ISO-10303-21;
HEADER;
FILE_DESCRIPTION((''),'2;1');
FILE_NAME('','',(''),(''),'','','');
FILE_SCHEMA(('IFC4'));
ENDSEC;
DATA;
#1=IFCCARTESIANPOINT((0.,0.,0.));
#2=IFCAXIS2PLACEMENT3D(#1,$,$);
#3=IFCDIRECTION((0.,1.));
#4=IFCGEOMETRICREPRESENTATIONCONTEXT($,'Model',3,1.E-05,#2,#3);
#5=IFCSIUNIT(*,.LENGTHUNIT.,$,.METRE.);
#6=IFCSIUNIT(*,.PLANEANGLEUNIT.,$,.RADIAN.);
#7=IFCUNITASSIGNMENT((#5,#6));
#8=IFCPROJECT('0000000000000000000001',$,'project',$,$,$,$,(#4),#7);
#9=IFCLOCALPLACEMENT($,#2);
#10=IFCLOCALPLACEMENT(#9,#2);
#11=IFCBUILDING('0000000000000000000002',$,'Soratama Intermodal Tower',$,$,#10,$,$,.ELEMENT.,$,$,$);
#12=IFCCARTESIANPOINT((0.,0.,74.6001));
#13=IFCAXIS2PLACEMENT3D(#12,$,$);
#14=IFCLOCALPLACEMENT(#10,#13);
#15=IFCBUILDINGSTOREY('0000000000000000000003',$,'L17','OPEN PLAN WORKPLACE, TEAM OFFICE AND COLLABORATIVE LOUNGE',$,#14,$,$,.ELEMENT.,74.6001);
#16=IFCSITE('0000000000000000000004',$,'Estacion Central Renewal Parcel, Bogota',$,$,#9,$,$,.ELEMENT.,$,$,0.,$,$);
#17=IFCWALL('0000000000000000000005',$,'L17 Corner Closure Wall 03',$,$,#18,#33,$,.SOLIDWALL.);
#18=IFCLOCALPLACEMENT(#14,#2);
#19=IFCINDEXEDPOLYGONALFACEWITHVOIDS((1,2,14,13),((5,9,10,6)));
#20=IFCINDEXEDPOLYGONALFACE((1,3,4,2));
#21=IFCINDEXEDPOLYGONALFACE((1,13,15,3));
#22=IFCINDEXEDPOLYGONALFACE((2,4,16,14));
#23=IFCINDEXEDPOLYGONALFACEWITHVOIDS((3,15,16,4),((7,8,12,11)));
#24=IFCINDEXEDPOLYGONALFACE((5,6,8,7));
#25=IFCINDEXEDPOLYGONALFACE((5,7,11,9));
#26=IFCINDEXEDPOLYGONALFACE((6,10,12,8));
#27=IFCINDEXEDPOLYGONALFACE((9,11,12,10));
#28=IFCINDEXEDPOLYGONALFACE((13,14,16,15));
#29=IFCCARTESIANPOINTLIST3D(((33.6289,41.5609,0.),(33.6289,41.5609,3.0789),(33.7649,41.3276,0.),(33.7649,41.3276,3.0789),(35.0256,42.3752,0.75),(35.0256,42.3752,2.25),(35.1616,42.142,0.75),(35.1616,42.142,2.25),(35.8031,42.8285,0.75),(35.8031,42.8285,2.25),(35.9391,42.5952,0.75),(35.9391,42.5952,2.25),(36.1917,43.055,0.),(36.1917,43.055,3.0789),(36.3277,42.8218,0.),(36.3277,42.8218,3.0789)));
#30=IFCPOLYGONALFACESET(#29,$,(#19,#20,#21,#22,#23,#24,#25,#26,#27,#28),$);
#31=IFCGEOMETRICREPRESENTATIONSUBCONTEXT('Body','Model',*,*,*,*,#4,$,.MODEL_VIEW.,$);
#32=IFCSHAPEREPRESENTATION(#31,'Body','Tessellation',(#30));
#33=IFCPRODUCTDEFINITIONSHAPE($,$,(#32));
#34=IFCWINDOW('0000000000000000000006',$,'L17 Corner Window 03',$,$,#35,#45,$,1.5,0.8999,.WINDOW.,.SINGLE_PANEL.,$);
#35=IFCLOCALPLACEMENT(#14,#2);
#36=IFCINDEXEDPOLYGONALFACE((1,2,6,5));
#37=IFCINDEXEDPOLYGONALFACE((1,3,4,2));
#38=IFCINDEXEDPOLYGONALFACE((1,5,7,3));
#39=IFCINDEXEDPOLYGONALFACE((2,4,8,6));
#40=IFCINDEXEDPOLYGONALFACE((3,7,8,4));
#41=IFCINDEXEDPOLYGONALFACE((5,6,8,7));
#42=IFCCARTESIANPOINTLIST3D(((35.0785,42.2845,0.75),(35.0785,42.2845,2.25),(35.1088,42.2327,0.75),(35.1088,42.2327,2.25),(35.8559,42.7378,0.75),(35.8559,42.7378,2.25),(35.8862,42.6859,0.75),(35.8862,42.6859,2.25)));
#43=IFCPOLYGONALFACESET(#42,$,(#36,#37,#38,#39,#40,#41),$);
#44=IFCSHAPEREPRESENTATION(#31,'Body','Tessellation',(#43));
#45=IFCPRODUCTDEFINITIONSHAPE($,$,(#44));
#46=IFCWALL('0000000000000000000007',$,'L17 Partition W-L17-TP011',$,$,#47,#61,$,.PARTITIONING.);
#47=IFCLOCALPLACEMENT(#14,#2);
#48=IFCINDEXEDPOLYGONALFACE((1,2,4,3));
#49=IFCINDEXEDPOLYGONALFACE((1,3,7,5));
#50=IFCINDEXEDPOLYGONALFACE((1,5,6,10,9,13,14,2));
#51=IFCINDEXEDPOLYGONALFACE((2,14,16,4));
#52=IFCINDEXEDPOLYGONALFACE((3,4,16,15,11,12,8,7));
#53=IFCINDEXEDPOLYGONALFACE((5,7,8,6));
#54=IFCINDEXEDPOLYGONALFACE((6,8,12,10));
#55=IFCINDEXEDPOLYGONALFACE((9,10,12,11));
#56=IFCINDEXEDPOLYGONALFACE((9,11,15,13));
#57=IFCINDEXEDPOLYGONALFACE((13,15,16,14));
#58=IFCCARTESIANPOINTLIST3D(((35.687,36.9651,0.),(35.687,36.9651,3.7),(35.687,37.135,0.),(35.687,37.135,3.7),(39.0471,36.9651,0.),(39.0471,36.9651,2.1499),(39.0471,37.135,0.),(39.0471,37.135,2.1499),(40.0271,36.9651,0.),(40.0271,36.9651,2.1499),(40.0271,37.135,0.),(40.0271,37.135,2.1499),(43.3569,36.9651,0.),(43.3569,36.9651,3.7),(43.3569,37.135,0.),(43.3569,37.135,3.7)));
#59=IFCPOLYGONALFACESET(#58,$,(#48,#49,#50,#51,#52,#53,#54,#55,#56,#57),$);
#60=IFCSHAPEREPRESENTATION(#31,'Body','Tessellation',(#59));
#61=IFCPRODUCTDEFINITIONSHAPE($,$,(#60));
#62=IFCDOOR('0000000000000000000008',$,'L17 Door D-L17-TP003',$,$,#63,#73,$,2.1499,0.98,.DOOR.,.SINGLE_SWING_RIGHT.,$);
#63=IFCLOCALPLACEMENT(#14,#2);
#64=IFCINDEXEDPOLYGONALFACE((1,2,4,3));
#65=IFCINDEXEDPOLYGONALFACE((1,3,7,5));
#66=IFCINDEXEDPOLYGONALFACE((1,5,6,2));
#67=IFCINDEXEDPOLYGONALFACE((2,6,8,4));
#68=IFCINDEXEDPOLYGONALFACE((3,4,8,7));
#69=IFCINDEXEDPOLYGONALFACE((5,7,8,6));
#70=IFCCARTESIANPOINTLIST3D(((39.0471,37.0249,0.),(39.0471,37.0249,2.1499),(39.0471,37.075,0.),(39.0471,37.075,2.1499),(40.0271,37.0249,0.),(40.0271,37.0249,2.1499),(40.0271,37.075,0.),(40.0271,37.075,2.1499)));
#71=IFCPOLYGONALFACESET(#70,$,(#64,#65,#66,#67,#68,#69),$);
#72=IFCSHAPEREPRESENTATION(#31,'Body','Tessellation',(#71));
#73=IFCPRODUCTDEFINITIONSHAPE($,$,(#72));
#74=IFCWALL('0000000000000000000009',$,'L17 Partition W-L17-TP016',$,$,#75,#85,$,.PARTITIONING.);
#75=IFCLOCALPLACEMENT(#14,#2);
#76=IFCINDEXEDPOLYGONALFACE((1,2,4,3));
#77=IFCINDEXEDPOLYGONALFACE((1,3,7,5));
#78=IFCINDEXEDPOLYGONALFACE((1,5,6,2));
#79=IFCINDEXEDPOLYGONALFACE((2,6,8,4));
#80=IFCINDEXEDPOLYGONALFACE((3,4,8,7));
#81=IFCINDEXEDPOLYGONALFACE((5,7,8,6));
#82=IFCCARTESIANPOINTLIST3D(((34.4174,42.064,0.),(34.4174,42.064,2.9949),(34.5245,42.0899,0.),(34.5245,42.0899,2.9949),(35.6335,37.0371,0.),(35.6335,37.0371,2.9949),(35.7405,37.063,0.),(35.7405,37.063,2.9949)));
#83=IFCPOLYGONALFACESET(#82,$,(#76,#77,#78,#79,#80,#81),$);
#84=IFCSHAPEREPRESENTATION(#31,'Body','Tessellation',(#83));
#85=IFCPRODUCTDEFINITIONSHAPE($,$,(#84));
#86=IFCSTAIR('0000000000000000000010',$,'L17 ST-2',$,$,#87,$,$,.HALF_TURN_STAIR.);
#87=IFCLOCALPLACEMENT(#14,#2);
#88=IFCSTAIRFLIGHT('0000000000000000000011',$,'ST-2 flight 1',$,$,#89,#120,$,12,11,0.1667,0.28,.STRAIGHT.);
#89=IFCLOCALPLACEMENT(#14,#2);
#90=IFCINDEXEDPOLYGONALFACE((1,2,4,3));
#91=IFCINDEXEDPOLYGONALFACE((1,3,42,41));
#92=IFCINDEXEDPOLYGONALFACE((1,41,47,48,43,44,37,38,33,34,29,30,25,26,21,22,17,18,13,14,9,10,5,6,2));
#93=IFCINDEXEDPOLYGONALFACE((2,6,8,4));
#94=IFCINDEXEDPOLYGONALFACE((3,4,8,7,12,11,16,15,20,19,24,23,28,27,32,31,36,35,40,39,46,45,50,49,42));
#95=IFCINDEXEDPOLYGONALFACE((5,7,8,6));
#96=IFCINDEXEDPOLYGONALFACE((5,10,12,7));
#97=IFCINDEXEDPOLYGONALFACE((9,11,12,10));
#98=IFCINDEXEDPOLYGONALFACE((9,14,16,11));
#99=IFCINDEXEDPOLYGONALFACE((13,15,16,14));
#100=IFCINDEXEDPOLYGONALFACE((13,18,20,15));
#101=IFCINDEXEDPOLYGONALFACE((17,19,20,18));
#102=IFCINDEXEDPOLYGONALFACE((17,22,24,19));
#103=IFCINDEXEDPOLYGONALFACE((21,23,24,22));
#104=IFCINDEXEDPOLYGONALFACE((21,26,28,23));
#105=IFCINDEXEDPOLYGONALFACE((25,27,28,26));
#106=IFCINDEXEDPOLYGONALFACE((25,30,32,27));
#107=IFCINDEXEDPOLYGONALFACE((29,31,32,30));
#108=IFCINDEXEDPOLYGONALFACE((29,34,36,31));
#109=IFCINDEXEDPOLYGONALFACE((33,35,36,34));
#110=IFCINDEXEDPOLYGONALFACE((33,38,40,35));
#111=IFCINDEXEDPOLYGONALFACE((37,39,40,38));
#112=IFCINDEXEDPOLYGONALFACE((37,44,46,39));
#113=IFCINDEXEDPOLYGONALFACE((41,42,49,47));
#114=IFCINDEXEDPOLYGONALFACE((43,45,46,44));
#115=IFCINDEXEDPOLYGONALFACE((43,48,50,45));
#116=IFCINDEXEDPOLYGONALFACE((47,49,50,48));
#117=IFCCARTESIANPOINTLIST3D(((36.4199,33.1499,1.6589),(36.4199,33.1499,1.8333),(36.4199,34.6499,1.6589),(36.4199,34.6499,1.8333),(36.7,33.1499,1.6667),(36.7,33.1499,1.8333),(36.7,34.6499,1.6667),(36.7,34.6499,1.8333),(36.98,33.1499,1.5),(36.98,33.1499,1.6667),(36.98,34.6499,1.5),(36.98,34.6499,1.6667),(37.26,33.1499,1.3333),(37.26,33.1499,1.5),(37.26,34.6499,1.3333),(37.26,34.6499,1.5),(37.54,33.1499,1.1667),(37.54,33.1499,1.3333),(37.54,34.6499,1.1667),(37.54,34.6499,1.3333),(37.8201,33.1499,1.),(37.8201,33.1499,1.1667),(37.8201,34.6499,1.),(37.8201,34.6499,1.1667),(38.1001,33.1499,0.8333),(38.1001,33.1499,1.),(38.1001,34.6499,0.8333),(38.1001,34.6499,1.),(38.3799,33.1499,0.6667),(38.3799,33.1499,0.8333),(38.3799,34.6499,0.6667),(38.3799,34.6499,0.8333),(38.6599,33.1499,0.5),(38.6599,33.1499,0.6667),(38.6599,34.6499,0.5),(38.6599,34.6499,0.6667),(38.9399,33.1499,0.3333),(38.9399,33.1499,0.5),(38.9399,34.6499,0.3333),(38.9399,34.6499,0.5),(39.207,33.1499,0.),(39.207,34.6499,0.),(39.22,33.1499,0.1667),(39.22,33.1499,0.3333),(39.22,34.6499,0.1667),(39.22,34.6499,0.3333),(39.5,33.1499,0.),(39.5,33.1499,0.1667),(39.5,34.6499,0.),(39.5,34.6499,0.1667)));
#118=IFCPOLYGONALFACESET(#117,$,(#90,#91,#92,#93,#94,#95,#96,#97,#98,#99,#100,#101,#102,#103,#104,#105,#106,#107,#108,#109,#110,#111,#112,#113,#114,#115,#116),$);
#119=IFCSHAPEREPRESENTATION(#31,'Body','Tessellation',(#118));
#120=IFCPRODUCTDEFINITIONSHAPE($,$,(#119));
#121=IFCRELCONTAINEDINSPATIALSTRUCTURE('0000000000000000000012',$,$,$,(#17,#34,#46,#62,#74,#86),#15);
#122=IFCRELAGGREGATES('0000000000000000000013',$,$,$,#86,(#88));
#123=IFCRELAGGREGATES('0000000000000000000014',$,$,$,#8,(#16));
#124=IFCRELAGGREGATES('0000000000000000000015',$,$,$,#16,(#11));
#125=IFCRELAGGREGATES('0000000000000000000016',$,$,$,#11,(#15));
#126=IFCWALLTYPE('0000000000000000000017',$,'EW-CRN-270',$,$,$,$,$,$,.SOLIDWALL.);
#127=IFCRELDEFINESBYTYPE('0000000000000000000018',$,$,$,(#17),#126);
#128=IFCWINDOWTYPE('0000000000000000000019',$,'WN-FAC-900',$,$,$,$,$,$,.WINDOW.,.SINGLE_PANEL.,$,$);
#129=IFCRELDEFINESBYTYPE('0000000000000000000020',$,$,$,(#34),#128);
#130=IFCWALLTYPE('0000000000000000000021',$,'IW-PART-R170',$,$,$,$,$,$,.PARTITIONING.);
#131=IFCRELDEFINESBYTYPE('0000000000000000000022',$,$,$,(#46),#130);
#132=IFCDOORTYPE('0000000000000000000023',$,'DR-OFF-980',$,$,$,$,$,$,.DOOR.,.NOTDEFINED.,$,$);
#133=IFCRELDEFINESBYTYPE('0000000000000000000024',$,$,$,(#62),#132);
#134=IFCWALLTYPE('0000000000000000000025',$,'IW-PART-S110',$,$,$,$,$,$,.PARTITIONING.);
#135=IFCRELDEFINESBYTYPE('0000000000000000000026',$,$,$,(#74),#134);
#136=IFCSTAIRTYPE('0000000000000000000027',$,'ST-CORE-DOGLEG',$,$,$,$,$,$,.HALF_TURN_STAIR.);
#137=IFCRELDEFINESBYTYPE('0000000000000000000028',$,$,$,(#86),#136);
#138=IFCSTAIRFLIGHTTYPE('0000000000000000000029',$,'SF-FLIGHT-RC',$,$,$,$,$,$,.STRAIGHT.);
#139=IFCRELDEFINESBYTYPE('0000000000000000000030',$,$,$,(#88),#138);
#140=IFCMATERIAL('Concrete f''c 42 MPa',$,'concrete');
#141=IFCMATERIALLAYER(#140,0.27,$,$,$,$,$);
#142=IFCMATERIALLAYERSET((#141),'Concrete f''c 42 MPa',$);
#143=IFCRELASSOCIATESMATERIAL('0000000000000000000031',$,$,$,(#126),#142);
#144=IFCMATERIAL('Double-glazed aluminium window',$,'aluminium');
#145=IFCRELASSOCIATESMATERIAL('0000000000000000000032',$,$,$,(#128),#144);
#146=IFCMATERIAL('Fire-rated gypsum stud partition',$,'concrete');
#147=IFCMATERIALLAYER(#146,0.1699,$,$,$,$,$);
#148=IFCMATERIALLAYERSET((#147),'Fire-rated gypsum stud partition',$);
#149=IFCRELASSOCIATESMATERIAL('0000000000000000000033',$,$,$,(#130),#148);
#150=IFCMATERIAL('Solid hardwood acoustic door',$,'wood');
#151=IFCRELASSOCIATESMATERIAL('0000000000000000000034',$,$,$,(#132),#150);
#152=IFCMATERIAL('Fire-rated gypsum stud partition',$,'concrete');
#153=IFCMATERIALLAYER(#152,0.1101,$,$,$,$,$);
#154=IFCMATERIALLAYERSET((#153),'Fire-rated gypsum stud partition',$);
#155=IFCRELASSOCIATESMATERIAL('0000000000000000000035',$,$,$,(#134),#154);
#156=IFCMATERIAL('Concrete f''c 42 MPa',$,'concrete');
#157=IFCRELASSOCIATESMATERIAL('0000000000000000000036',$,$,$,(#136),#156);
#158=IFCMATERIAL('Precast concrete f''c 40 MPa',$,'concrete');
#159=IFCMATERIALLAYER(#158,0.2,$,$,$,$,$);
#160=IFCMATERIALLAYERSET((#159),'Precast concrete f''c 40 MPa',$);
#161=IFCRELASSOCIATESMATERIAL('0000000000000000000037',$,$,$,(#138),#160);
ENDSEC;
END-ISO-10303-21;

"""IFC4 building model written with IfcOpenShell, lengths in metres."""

from ifc_helpers import new_model, si_unit, direction, frame, frame_2d, origin, place, context, subcontext, project, spatial, polyline, rectangle, outline, extrude, material, layer, layer_set, type_object, element, fill, aggregate, save


model = new_model("IFC4")

# Units and contexts
model_context = context("Model", 3, precision=1e-05, world=origin(), true_north=direction((0.0, 1.0)))
body_context = subcontext(model_context, "Body", "Model", "MODEL_VIEW")
ifc_project = project(units=[si_unit("LENGTHUNIT", "METRE"), si_unit("PLANEANGLEUNIT", "RADIAN")], contexts=[model_context])

# Site, building, storey
site_placement = place(None, origin())
site = spatial("IfcSite", under=ifc_project, at=site_placement, Name="Estacion Central Renewal Parcel, Bogota", CompositionType="ELEMENT", RefElevation=0.0)
building_placement = place(site_placement, origin())
building = spatial("IfcBuilding", under=site, at=building_placement, Name="Soratama Intermodal Tower", CompositionType="ELEMENT")
storey_placement = place(building_placement, frame((0.0, 0.0, 74.6001)))
storey = spatial("IfcBuildingStorey", under=building, at=storey_placement, Name="L17", Description="OPEN PLAN WORKPLACE, TEAM OFFICE AND COLLABORATIVE LOUNGE", CompositionType="ELEMENT", Elevation=74.6001)

# Wall, opening, window
ifc_material_1 = material(Name="Concrete f'c 42 MPa", Category="concrete")
ifc_layer_1 = layer(ifc_material_1, 0.27)
ifc_layer_set_1 = layer_set([ifc_layer_1], Name="Concrete f'c 42 MPa")
wall_type_1 = type_object("IfcWallType", Name="EW-CRN-270", PredefinedType="SOLIDWALL", material=ifc_layer_set_1)
wall_1_placement = place(storey_placement, frame((36.2598, 42.9385, 0.0), z_axis=(0.0, 0.0, 1.0), x_axis=(-0.863895, -0.503671, 0.0)))
wall_1 = element("IfcWall", 1, at=wall_1_placement, inside=storey, type_object=wall_type_1, Name="L17 Corner Closure Wall 03", PredefinedType="SOLIDWALL", context=body_context, shape_type="SweptSolid", body=[
    extrude(rectangle(XDim=2.9666, YDim=0.27, at=frame_2d((1.4834, 0.0))), origin(), (0.0, 0.0, 1.0), 3.0789),
])
opening_1_placement = place(wall_1_placement, frame((0.45, 0.0, 0.75)))
opening_1 = element("IfcOpeningElement", 2, at=opening_1_placement, cuts=wall_1, PredefinedType="OPENING", context=body_context, shape_type="SweptSolid", body=[
    extrude(rectangle(XDim=0.8999, YDim=1.5, at=frame_2d((0.45, 0.75))), frame((0.0, 0.145, 0.0), z_axis=(0.0, -1.0, 0.0), x_axis=(1.0, 0.0, 0.0)), (0.0, 0.0, 1.0), 0.29),
])
ifc_material_2 = material(Name="Double-glazed aluminium window", Category="aluminium")
window_type = type_object("IfcWindowType", Name="WN-FAC-900", PartitioningType="SINGLE_PANEL", PredefinedType="WINDOW", material=ifc_material_2)
window_placement = place(opening_1_placement, origin())
window = element("IfcWindow", 3, at=window_placement, inside=storey, type_object=window_type, Name="L17 Corner Window 03", OverallHeight=1.5, OverallWidth=0.8999, PartitioningType="SINGLE_PANEL", PredefinedType="WINDOW", context=body_context, shape_type="SweptSolid", body=[
    extrude(rectangle(XDim=0.8999, YDim=1.5, at=frame_2d((0.45, 0.75))), frame((0.0, 0.03, 0.0), z_axis=(0.0, -1.0, 0.0), x_axis=(1.0, 0.0, 0.0)), (0.0, 0.0, 1.0), 0.0601),
])
fill(opening_1, window)

# Wall, opening, door
ifc_material_3 = material(Name="Fire-rated gypsum stud partition", Category="concrete")
ifc_layer_2 = layer(ifc_material_3, 0.1699)
ifc_layer_set_2 = layer_set([ifc_layer_2], Name="Fire-rated gypsum stud partition")
wall_type_2 = type_object("IfcWallType", Name="IW-PART-R170", PredefinedType="PARTITIONING", material=ifc_layer_set_2)
wall_2_placement = place(storey_placement, frame((35.687, 37.05, 0.0), z_axis=(0.0, 0.0, 1.0), x_axis=(1.0, 0.0, 0.0)))
wall_2 = element("IfcWall", 4, at=wall_2_placement, inside=storey, type_object=wall_type_2, Name="L17 Partition W-L17-TP011", PredefinedType="PARTITIONING", context=body_context, shape_type="SweptSolid", body=[
    extrude(rectangle(XDim=7.6699, YDim=0.1699, at=frame_2d((3.835, 0.0))), origin(), (0.0, 0.0, 1.0), 3.7),
])
opening_2_placement = place(wall_2_placement, frame((3.3601, 0.0, 0.0)))
opening_2 = element("IfcOpeningElement", 5, at=opening_2_placement, cuts=wall_2, PredefinedType="OPENING", context=body_context, shape_type="SweptSolid", body=[
    extrude(rectangle(XDim=0.98, YDim=2.1499, at=frame_2d((0.49, 1.075))), frame((0.0, 0.095, 0.0), z_axis=(0.0, -1.0, 0.0), x_axis=(1.0, 0.0, 0.0)), (0.0, 0.0, 1.0), 0.1899),
])
ifc_material_4 = material(Name="Solid hardwood acoustic door", Category="wood")
door_type = type_object("IfcDoorType", Name="DR-OFF-980", OperationType="NOTDEFINED", PredefinedType="DOOR", material=ifc_material_4)
door_placement = place(opening_2_placement, origin())
door = element("IfcDoor", 6, at=door_placement, inside=storey, type_object=door_type, Name="L17 Door D-L17-TP003", OperationType="SINGLE_SWING_RIGHT", OverallHeight=2.1499, OverallWidth=0.98, PredefinedType="DOOR", context=body_context, shape_type="SweptSolid", body=[
    extrude(rectangle(XDim=0.98, YDim=2.1499, at=frame_2d((0.49, 1.075))), frame((0.0, 0.0249, 0.0), z_axis=(0.0, -1.0, 0.0), x_axis=(1.0, 0.0, 0.0)), (0.0, 0.0, 1.0), 0.05),
])
fill(opening_2, door)

# Wall
ifc_material_5 = material(Name="Fire-rated gypsum stud partition", Category="concrete")
ifc_layer_3 = layer(ifc_material_5, 0.1101)
ifc_layer_set_3 = layer_set([ifc_layer_3], Name="Fire-rated gypsum stud partition")
wall_type_3 = type_object("IfcWallType", Name="IW-PART-S110", PredefinedType="PARTITIONING", material=ifc_layer_set_3)
wall_3_placement = place(storey_placement, frame((35.687, 37.05, 0.0), z_axis=(0.0, 0.0, 1.0), x_axis=(-0.235131, 0.971964, 0.0)))
element("IfcWall", 7, at=wall_3_placement, inside=storey, type_object=wall_type_3, Name="L17 Partition W-L17-TP016", PredefinedType="PARTITIONING", context=body_context, shape_type="SweptSolid", body=[
    extrude(rectangle(XDim=5.1719, YDim=0.1101, at=frame_2d((2.5859, 0.0))), origin(), (0.0, 0.0, 1.0), 2.9949),
])

# Stair, stair flight
ifc_material_6 = material(Name="Concrete f'c 42 MPa", Category="concrete")
stair_type = type_object("IfcStairType", Name="ST-CORE-DOGLEG", PredefinedType="HALF_TURN_STAIR", material=ifc_material_6)
stair_placement = place(storey_placement, origin())
stair = element("IfcStair", 8, at=stair_placement, inside=storey, type_object=stair_type, Name="L17 ST-2", PredefinedType="HALF_TURN_STAIR")
ifc_material_7 = material(Name="Precast concrete f'c 40 MPa", Category="concrete")
ifc_layer_4 = layer(ifc_material_7, 0.2)
ifc_layer_set_4 = layer_set([ifc_layer_4], Name="Precast concrete f'c 40 MPa")
stair_flight_type = type_object("IfcStairFlightType", Name="SF-FLIGHT-RC", PredefinedType="STRAIGHT", material=ifc_layer_set_4)
stair_flight_placement = place(storey_placement, frame((39.5, 33.8999, 0.0), z_axis=(0.0, 0.0, 1.0), x_axis=(-1.0, 0.0, 0.0)))
stair_flight = element("IfcStairFlight", 9, at=stair_flight_placement, type_object=stair_flight_type, Name="ST-2 flight 1", NumberOfRisers=12, NumberOfTreads=11, PredefinedType="STRAIGHT", RiserHeight=0.1667, TreadLength=0.28, context=body_context, shape_type="SweptSolid", body=[
    extrude(outline(polyline([(0.0, 0.0), (0.0, 0.1667), (0.28, 0.1667), (0.28, 0.3333), (0.5601, 0.3333), (0.5601, 0.5), (0.8401, 0.5), (0.8401, 0.6667), (1.1201, 0.6667), (1.1201, 0.8333), (1.3999, 0.8333), (1.3999, 1.0), (1.6799, 1.0), (1.6799, 1.1667), (1.96, 1.1667), (1.96, 1.3333), (2.24, 1.3333), (2.24, 1.5), (2.52, 1.5), (2.52, 1.6667), (2.8, 1.6667), (2.8, 1.8333), (3.0801, 1.8333), (3.0801, 2.0), (3.0801, 1.6589), (0.293, 0.0), (0.0, 0.0)])), frame((0.0, 0.75, 0.0), z_axis=(0.0, -1.0, 0.0), x_axis=(1.0, 0.0, 0.0)), (0.0, 0.0, 1.0), 1.5),
])
aggregate(stair, [stair_flight])

save(model, "model.ifc")
